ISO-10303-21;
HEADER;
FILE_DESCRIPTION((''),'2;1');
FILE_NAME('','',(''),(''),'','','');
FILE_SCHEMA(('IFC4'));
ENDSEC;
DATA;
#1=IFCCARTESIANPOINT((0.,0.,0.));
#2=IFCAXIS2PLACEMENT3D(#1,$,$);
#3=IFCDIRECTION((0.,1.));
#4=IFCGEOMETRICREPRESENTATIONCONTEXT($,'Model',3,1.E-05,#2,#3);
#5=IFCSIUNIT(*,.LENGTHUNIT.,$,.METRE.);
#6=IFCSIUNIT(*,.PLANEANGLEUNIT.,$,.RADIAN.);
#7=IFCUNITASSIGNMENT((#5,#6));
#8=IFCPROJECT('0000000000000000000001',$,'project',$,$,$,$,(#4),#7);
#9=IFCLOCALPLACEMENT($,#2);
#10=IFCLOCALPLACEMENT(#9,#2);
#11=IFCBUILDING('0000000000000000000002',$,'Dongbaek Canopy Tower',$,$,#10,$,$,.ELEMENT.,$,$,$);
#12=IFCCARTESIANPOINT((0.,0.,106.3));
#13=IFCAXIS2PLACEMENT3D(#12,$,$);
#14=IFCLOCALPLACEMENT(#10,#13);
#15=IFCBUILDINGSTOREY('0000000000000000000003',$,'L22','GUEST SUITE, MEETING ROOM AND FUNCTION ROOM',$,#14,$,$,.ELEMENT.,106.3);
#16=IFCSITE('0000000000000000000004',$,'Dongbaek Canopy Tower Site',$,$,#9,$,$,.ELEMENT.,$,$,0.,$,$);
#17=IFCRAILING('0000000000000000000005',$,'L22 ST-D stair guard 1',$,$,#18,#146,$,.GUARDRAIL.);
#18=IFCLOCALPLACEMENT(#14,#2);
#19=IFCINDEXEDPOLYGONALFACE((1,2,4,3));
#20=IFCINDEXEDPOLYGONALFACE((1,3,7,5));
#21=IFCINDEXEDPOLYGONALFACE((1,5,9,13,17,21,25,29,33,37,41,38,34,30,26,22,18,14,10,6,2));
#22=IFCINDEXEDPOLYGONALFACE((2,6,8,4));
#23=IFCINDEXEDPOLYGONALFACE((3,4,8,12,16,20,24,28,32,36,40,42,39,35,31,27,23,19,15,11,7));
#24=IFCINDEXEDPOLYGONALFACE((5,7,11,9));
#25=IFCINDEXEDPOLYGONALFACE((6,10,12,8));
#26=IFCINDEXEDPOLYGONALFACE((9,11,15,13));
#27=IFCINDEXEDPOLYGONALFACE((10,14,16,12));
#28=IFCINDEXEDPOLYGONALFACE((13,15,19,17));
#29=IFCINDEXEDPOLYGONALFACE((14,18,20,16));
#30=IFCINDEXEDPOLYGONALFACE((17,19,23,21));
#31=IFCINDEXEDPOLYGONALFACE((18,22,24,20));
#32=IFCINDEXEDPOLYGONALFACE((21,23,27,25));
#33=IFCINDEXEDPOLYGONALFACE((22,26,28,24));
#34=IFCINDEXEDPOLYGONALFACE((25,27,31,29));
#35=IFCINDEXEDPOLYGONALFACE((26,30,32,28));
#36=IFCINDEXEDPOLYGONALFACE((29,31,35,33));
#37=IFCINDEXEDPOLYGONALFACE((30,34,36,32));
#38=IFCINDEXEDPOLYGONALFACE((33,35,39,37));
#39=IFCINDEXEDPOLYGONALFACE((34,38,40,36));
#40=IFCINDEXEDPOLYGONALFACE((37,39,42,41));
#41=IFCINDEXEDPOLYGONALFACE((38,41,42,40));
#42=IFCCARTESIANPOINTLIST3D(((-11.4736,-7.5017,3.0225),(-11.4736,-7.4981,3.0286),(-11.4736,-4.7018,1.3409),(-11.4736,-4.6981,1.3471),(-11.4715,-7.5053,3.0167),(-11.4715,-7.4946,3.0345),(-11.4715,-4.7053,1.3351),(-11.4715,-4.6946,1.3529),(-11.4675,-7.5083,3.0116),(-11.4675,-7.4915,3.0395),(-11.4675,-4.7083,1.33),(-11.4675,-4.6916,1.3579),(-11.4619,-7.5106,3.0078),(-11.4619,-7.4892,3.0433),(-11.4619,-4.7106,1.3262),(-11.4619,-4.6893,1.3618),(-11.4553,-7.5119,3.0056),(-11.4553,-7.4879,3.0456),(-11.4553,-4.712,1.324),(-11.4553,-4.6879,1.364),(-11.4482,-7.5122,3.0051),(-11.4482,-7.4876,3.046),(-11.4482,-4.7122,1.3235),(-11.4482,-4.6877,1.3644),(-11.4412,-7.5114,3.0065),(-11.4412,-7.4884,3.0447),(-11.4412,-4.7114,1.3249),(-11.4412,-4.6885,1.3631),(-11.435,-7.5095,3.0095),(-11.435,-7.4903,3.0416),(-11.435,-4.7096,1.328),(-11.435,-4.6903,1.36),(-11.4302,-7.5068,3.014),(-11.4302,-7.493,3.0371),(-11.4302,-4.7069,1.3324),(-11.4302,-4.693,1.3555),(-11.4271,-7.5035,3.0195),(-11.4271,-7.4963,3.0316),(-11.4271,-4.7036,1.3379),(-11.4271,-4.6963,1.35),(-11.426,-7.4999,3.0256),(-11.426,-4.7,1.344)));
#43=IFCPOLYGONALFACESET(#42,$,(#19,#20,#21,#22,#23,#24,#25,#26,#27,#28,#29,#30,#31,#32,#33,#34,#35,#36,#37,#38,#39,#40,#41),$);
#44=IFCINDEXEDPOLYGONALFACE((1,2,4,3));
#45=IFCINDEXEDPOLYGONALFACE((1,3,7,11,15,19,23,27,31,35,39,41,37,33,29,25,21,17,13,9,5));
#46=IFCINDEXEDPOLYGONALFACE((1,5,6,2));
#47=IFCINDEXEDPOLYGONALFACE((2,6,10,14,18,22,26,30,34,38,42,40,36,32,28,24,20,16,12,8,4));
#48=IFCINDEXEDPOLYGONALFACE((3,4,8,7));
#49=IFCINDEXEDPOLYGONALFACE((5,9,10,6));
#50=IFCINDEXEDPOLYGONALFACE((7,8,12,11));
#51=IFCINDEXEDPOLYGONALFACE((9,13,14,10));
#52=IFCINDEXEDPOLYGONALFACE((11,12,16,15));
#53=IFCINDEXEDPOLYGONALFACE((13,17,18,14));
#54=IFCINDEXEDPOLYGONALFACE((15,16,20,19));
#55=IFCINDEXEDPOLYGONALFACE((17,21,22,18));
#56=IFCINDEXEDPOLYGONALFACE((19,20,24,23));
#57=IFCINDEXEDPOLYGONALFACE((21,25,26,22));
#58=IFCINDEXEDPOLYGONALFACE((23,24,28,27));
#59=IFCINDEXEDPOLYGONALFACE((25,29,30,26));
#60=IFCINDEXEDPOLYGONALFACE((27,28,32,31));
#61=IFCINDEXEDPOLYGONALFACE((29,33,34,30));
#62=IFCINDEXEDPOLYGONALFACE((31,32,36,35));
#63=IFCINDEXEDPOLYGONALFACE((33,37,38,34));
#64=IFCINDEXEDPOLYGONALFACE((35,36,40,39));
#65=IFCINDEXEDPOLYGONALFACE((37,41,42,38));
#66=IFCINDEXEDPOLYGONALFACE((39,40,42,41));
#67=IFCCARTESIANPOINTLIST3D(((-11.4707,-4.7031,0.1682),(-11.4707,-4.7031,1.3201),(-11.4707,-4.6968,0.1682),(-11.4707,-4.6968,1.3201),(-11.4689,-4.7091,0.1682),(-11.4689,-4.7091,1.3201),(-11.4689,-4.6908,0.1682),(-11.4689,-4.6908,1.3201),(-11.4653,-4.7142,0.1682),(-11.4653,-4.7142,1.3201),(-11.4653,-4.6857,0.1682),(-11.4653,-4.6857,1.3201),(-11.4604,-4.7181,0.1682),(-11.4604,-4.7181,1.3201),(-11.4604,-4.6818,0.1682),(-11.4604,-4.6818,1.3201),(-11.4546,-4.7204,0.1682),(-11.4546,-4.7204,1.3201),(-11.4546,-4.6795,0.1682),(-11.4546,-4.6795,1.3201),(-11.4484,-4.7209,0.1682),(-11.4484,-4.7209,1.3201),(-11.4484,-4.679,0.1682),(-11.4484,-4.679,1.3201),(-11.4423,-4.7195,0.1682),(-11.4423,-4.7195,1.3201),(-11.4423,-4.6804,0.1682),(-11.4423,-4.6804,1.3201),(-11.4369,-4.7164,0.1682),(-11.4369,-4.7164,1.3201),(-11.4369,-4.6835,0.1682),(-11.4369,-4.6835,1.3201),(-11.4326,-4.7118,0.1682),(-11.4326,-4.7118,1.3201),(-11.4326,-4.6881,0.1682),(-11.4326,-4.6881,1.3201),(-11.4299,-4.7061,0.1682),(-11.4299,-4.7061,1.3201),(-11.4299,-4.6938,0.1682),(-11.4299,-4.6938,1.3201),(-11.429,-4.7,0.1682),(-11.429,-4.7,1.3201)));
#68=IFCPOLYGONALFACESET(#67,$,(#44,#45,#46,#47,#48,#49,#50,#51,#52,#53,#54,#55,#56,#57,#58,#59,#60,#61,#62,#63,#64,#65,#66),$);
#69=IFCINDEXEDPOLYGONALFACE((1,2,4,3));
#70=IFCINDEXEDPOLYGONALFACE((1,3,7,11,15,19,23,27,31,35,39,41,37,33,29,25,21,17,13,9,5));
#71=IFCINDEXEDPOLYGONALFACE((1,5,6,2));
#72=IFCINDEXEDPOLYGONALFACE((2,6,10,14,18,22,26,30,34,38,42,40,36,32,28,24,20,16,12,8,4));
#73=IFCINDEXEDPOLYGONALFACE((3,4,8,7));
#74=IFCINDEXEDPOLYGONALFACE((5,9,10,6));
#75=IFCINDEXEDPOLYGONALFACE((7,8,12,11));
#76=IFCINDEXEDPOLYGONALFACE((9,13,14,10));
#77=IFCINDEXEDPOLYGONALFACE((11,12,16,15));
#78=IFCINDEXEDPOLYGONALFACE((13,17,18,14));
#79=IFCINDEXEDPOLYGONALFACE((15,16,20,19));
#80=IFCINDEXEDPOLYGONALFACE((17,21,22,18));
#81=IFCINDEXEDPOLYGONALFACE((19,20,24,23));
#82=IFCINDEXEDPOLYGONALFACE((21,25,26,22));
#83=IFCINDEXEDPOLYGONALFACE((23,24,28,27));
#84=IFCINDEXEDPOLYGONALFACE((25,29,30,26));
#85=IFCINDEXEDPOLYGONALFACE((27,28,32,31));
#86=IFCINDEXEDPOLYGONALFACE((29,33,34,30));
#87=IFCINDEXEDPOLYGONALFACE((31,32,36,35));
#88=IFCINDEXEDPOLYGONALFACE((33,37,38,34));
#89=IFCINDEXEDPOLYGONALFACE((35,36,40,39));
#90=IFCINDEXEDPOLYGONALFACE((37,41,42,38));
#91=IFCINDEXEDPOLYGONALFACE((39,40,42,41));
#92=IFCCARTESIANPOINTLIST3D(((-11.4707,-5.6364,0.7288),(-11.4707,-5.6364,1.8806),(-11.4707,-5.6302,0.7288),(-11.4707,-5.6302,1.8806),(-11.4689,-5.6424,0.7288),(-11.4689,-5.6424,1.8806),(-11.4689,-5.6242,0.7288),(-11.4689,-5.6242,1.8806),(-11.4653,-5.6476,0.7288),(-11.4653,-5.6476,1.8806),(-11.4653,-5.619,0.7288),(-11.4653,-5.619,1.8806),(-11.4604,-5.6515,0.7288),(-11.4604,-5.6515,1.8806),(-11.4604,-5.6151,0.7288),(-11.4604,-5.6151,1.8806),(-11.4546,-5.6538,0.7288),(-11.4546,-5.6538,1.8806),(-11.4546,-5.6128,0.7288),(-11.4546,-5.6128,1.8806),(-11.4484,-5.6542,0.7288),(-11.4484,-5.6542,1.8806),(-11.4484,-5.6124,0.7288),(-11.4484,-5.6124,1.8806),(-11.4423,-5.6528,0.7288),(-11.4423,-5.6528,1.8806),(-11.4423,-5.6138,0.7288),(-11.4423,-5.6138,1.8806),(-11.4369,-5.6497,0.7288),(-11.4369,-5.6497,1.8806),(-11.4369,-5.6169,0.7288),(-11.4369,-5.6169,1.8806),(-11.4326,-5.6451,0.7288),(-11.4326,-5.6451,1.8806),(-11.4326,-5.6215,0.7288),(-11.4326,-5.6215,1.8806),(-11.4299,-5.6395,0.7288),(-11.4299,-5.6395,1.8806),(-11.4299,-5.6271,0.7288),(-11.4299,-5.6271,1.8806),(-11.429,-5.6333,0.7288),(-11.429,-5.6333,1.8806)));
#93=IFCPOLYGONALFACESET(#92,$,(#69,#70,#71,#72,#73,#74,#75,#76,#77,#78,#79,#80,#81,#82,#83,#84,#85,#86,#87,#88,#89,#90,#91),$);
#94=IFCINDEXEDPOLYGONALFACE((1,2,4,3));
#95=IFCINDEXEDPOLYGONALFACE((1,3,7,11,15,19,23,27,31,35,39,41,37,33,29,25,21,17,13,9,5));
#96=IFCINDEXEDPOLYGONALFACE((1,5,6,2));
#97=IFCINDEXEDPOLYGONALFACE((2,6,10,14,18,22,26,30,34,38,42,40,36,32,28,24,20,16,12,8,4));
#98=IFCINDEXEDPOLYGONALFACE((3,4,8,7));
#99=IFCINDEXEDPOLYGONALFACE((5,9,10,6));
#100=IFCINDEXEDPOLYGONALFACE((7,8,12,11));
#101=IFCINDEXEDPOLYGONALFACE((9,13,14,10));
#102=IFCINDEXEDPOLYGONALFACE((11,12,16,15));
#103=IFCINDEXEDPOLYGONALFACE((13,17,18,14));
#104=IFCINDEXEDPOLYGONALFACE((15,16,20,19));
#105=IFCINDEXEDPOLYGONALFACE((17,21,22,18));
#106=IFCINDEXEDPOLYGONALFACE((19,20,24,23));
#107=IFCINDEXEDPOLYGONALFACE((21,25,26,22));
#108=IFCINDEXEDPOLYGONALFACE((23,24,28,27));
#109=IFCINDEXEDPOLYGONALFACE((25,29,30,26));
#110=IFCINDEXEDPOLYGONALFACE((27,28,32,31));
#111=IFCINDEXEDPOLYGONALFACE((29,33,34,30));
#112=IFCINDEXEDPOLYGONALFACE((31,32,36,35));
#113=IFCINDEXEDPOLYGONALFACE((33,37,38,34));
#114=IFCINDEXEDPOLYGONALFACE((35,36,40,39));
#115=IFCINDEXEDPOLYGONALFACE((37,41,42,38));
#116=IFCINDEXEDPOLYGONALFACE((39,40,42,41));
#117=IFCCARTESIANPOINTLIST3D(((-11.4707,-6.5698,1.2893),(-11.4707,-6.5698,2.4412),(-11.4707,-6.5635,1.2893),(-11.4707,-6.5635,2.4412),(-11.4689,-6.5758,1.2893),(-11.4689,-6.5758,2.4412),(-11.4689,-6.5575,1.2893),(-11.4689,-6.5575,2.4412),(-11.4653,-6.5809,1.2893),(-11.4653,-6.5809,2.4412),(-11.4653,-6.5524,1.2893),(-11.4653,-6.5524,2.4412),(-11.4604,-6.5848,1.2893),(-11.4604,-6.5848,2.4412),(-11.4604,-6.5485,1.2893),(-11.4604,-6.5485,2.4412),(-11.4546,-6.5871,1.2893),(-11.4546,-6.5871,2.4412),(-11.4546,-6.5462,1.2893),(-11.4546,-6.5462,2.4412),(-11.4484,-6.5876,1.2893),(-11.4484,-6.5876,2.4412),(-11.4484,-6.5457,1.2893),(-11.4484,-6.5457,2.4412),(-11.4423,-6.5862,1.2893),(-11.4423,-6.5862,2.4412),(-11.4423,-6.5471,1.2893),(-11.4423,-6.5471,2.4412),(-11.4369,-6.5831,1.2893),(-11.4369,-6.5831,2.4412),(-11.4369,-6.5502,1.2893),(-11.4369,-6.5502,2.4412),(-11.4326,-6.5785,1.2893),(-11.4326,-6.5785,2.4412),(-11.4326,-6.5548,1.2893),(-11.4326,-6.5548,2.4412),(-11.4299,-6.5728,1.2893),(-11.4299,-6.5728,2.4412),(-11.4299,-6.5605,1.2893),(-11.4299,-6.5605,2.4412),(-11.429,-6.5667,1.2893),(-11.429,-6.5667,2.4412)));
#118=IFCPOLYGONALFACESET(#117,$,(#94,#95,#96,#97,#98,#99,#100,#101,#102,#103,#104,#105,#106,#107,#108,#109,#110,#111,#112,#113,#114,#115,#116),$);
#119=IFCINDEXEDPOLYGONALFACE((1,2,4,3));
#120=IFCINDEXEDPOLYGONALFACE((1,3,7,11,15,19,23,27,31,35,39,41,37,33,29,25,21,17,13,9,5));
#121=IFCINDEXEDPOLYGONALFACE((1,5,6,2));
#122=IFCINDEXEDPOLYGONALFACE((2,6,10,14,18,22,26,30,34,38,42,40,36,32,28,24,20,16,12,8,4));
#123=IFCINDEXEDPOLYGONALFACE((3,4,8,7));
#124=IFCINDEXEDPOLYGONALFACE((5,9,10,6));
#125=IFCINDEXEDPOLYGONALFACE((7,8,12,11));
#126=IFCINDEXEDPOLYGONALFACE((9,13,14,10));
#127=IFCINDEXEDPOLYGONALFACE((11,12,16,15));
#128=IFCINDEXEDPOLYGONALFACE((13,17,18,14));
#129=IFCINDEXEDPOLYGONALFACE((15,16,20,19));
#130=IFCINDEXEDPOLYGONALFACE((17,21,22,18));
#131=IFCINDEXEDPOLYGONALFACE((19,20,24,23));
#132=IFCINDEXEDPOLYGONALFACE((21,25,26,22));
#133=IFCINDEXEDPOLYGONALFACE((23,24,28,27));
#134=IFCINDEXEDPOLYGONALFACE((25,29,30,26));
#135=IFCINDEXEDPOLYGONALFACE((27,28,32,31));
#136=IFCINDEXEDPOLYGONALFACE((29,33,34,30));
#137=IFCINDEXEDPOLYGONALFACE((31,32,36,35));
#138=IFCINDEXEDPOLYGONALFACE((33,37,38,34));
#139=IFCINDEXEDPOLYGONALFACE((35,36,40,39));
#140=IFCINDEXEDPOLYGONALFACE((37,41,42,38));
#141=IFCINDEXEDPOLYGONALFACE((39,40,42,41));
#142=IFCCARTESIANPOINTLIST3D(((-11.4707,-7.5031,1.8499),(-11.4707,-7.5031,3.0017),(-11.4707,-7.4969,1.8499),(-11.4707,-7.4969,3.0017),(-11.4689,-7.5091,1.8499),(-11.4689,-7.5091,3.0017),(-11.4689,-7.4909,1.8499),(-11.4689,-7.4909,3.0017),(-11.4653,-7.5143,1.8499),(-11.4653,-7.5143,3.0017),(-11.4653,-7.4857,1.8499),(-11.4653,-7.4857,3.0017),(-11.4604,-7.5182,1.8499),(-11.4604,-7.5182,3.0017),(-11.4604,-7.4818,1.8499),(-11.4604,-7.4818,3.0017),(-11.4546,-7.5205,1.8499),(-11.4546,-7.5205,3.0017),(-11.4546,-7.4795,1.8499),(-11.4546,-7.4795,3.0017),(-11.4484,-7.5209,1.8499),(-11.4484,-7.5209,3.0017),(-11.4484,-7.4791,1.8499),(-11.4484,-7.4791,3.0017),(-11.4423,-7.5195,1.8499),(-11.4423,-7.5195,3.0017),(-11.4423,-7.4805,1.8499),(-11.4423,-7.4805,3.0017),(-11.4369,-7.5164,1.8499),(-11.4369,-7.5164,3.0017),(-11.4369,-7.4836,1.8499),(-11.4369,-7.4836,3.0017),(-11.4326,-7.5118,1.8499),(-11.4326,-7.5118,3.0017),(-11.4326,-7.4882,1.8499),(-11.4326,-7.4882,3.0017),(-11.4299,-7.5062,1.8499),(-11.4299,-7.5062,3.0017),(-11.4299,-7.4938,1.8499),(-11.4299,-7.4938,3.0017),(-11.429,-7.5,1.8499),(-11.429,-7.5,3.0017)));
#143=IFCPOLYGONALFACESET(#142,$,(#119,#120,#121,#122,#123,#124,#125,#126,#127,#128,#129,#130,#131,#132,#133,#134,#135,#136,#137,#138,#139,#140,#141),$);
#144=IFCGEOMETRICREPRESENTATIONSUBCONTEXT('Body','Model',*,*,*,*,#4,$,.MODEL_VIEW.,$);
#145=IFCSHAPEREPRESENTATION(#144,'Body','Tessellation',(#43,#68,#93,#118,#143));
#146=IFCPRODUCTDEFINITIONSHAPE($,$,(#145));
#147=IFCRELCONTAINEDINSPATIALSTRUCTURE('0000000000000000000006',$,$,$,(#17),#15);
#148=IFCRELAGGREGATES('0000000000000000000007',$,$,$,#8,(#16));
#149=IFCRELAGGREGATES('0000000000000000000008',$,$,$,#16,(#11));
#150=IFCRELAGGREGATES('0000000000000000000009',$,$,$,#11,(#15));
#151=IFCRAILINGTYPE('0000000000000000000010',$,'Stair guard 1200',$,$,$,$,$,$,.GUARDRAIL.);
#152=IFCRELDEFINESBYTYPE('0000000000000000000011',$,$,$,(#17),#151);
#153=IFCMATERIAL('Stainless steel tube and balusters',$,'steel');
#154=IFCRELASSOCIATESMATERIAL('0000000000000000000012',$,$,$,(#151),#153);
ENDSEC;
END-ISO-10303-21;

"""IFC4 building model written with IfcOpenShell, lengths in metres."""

from ifc_helpers import new_model, si_unit, direction, frame, origin, origin_2d, place, context, subcontext, project, spatial, circle, extrude, material, type_object, element, save


model = new_model("IFC4")

# Units and contexts
model_context = context("Model", 3, precision=1e-05, world=origin(), true_north=direction((0.0, 1.0)))
body_context = subcontext(model_context, "Body", "Model", "MODEL_VIEW")
ifc_project = project(units=[si_unit("LENGTHUNIT", "METRE"), si_unit("PLANEANGLEUNIT", "RADIAN")], contexts=[model_context])

# Site, building, storey
site_placement = place(None, origin())
site = spatial("IfcSite", under=ifc_project, at=site_placement, Name="Dongbaek Canopy Tower Site", CompositionType="ELEMENT", RefElevation=0.0)
building_placement = place(site_placement, origin())
building = spatial("IfcBuilding", under=site, at=building_placement, Name="Dongbaek Canopy Tower", CompositionType="ELEMENT")
storey_placement = place(building_placement, frame((0.0, 0.0, 106.3)))
storey = spatial("IfcBuildingStorey", under=building, at=storey_placement, Name="L22", Description="GUEST SUITE, MEETING ROOM AND FUNCTION ROOM", CompositionType="ELEMENT", Elevation=106.3)

# Railing
ifc_material_1 = material(Name="Stainless steel tube and balusters", Category="steel")
railing_type_1 = type_object("IfcRailingType", Name="Stair guard 1200", PredefinedType="GUARDRAIL", material=ifc_material_1)
railing_1_placement = place(storey_placement, frame((-11.45, -4.7, 0.1682)))
element("IfcRailing", 1, at=railing_1_placement, inside=storey, type_object=railing_type_1, Name="L22 ST-D stair guard 1", PredefinedType="GUARDRAIL", context=body_context, shape_type="SweptSolid", body=[
    extrude(circle(Radius=0.0239, at=origin_2d()), frame((0.0, 0.0, 1.1758), z_axis=(0.0, -0.857275, 0.514858), x_axis=(1.0, 0.0, 0.0)), (0.0, 0.0, 1.0), 3.2661),
    extrude(circle(Radius=0.021, at=origin_2d()), origin(), (0.0, 0.0, 1.0), 1.1519),
    extrude(circle(Radius=0.021, at=origin_2d()), frame((0.0, -0.9333, 0.5605)), (0.0, 0.0, 1.0), 1.1519),
    extrude(circle(Radius=0.021, at=origin_2d()), frame((0.0, -1.8667, 1.1211)), (0.0, 0.0, 1.0), 1.1519),
    extrude(circle(Radius=0.021, at=origin_2d()), frame((0.0, -2.8, 1.6816)), (0.0, 0.0, 1.0), 1.1519),
])

save(model, "model.ifc")
